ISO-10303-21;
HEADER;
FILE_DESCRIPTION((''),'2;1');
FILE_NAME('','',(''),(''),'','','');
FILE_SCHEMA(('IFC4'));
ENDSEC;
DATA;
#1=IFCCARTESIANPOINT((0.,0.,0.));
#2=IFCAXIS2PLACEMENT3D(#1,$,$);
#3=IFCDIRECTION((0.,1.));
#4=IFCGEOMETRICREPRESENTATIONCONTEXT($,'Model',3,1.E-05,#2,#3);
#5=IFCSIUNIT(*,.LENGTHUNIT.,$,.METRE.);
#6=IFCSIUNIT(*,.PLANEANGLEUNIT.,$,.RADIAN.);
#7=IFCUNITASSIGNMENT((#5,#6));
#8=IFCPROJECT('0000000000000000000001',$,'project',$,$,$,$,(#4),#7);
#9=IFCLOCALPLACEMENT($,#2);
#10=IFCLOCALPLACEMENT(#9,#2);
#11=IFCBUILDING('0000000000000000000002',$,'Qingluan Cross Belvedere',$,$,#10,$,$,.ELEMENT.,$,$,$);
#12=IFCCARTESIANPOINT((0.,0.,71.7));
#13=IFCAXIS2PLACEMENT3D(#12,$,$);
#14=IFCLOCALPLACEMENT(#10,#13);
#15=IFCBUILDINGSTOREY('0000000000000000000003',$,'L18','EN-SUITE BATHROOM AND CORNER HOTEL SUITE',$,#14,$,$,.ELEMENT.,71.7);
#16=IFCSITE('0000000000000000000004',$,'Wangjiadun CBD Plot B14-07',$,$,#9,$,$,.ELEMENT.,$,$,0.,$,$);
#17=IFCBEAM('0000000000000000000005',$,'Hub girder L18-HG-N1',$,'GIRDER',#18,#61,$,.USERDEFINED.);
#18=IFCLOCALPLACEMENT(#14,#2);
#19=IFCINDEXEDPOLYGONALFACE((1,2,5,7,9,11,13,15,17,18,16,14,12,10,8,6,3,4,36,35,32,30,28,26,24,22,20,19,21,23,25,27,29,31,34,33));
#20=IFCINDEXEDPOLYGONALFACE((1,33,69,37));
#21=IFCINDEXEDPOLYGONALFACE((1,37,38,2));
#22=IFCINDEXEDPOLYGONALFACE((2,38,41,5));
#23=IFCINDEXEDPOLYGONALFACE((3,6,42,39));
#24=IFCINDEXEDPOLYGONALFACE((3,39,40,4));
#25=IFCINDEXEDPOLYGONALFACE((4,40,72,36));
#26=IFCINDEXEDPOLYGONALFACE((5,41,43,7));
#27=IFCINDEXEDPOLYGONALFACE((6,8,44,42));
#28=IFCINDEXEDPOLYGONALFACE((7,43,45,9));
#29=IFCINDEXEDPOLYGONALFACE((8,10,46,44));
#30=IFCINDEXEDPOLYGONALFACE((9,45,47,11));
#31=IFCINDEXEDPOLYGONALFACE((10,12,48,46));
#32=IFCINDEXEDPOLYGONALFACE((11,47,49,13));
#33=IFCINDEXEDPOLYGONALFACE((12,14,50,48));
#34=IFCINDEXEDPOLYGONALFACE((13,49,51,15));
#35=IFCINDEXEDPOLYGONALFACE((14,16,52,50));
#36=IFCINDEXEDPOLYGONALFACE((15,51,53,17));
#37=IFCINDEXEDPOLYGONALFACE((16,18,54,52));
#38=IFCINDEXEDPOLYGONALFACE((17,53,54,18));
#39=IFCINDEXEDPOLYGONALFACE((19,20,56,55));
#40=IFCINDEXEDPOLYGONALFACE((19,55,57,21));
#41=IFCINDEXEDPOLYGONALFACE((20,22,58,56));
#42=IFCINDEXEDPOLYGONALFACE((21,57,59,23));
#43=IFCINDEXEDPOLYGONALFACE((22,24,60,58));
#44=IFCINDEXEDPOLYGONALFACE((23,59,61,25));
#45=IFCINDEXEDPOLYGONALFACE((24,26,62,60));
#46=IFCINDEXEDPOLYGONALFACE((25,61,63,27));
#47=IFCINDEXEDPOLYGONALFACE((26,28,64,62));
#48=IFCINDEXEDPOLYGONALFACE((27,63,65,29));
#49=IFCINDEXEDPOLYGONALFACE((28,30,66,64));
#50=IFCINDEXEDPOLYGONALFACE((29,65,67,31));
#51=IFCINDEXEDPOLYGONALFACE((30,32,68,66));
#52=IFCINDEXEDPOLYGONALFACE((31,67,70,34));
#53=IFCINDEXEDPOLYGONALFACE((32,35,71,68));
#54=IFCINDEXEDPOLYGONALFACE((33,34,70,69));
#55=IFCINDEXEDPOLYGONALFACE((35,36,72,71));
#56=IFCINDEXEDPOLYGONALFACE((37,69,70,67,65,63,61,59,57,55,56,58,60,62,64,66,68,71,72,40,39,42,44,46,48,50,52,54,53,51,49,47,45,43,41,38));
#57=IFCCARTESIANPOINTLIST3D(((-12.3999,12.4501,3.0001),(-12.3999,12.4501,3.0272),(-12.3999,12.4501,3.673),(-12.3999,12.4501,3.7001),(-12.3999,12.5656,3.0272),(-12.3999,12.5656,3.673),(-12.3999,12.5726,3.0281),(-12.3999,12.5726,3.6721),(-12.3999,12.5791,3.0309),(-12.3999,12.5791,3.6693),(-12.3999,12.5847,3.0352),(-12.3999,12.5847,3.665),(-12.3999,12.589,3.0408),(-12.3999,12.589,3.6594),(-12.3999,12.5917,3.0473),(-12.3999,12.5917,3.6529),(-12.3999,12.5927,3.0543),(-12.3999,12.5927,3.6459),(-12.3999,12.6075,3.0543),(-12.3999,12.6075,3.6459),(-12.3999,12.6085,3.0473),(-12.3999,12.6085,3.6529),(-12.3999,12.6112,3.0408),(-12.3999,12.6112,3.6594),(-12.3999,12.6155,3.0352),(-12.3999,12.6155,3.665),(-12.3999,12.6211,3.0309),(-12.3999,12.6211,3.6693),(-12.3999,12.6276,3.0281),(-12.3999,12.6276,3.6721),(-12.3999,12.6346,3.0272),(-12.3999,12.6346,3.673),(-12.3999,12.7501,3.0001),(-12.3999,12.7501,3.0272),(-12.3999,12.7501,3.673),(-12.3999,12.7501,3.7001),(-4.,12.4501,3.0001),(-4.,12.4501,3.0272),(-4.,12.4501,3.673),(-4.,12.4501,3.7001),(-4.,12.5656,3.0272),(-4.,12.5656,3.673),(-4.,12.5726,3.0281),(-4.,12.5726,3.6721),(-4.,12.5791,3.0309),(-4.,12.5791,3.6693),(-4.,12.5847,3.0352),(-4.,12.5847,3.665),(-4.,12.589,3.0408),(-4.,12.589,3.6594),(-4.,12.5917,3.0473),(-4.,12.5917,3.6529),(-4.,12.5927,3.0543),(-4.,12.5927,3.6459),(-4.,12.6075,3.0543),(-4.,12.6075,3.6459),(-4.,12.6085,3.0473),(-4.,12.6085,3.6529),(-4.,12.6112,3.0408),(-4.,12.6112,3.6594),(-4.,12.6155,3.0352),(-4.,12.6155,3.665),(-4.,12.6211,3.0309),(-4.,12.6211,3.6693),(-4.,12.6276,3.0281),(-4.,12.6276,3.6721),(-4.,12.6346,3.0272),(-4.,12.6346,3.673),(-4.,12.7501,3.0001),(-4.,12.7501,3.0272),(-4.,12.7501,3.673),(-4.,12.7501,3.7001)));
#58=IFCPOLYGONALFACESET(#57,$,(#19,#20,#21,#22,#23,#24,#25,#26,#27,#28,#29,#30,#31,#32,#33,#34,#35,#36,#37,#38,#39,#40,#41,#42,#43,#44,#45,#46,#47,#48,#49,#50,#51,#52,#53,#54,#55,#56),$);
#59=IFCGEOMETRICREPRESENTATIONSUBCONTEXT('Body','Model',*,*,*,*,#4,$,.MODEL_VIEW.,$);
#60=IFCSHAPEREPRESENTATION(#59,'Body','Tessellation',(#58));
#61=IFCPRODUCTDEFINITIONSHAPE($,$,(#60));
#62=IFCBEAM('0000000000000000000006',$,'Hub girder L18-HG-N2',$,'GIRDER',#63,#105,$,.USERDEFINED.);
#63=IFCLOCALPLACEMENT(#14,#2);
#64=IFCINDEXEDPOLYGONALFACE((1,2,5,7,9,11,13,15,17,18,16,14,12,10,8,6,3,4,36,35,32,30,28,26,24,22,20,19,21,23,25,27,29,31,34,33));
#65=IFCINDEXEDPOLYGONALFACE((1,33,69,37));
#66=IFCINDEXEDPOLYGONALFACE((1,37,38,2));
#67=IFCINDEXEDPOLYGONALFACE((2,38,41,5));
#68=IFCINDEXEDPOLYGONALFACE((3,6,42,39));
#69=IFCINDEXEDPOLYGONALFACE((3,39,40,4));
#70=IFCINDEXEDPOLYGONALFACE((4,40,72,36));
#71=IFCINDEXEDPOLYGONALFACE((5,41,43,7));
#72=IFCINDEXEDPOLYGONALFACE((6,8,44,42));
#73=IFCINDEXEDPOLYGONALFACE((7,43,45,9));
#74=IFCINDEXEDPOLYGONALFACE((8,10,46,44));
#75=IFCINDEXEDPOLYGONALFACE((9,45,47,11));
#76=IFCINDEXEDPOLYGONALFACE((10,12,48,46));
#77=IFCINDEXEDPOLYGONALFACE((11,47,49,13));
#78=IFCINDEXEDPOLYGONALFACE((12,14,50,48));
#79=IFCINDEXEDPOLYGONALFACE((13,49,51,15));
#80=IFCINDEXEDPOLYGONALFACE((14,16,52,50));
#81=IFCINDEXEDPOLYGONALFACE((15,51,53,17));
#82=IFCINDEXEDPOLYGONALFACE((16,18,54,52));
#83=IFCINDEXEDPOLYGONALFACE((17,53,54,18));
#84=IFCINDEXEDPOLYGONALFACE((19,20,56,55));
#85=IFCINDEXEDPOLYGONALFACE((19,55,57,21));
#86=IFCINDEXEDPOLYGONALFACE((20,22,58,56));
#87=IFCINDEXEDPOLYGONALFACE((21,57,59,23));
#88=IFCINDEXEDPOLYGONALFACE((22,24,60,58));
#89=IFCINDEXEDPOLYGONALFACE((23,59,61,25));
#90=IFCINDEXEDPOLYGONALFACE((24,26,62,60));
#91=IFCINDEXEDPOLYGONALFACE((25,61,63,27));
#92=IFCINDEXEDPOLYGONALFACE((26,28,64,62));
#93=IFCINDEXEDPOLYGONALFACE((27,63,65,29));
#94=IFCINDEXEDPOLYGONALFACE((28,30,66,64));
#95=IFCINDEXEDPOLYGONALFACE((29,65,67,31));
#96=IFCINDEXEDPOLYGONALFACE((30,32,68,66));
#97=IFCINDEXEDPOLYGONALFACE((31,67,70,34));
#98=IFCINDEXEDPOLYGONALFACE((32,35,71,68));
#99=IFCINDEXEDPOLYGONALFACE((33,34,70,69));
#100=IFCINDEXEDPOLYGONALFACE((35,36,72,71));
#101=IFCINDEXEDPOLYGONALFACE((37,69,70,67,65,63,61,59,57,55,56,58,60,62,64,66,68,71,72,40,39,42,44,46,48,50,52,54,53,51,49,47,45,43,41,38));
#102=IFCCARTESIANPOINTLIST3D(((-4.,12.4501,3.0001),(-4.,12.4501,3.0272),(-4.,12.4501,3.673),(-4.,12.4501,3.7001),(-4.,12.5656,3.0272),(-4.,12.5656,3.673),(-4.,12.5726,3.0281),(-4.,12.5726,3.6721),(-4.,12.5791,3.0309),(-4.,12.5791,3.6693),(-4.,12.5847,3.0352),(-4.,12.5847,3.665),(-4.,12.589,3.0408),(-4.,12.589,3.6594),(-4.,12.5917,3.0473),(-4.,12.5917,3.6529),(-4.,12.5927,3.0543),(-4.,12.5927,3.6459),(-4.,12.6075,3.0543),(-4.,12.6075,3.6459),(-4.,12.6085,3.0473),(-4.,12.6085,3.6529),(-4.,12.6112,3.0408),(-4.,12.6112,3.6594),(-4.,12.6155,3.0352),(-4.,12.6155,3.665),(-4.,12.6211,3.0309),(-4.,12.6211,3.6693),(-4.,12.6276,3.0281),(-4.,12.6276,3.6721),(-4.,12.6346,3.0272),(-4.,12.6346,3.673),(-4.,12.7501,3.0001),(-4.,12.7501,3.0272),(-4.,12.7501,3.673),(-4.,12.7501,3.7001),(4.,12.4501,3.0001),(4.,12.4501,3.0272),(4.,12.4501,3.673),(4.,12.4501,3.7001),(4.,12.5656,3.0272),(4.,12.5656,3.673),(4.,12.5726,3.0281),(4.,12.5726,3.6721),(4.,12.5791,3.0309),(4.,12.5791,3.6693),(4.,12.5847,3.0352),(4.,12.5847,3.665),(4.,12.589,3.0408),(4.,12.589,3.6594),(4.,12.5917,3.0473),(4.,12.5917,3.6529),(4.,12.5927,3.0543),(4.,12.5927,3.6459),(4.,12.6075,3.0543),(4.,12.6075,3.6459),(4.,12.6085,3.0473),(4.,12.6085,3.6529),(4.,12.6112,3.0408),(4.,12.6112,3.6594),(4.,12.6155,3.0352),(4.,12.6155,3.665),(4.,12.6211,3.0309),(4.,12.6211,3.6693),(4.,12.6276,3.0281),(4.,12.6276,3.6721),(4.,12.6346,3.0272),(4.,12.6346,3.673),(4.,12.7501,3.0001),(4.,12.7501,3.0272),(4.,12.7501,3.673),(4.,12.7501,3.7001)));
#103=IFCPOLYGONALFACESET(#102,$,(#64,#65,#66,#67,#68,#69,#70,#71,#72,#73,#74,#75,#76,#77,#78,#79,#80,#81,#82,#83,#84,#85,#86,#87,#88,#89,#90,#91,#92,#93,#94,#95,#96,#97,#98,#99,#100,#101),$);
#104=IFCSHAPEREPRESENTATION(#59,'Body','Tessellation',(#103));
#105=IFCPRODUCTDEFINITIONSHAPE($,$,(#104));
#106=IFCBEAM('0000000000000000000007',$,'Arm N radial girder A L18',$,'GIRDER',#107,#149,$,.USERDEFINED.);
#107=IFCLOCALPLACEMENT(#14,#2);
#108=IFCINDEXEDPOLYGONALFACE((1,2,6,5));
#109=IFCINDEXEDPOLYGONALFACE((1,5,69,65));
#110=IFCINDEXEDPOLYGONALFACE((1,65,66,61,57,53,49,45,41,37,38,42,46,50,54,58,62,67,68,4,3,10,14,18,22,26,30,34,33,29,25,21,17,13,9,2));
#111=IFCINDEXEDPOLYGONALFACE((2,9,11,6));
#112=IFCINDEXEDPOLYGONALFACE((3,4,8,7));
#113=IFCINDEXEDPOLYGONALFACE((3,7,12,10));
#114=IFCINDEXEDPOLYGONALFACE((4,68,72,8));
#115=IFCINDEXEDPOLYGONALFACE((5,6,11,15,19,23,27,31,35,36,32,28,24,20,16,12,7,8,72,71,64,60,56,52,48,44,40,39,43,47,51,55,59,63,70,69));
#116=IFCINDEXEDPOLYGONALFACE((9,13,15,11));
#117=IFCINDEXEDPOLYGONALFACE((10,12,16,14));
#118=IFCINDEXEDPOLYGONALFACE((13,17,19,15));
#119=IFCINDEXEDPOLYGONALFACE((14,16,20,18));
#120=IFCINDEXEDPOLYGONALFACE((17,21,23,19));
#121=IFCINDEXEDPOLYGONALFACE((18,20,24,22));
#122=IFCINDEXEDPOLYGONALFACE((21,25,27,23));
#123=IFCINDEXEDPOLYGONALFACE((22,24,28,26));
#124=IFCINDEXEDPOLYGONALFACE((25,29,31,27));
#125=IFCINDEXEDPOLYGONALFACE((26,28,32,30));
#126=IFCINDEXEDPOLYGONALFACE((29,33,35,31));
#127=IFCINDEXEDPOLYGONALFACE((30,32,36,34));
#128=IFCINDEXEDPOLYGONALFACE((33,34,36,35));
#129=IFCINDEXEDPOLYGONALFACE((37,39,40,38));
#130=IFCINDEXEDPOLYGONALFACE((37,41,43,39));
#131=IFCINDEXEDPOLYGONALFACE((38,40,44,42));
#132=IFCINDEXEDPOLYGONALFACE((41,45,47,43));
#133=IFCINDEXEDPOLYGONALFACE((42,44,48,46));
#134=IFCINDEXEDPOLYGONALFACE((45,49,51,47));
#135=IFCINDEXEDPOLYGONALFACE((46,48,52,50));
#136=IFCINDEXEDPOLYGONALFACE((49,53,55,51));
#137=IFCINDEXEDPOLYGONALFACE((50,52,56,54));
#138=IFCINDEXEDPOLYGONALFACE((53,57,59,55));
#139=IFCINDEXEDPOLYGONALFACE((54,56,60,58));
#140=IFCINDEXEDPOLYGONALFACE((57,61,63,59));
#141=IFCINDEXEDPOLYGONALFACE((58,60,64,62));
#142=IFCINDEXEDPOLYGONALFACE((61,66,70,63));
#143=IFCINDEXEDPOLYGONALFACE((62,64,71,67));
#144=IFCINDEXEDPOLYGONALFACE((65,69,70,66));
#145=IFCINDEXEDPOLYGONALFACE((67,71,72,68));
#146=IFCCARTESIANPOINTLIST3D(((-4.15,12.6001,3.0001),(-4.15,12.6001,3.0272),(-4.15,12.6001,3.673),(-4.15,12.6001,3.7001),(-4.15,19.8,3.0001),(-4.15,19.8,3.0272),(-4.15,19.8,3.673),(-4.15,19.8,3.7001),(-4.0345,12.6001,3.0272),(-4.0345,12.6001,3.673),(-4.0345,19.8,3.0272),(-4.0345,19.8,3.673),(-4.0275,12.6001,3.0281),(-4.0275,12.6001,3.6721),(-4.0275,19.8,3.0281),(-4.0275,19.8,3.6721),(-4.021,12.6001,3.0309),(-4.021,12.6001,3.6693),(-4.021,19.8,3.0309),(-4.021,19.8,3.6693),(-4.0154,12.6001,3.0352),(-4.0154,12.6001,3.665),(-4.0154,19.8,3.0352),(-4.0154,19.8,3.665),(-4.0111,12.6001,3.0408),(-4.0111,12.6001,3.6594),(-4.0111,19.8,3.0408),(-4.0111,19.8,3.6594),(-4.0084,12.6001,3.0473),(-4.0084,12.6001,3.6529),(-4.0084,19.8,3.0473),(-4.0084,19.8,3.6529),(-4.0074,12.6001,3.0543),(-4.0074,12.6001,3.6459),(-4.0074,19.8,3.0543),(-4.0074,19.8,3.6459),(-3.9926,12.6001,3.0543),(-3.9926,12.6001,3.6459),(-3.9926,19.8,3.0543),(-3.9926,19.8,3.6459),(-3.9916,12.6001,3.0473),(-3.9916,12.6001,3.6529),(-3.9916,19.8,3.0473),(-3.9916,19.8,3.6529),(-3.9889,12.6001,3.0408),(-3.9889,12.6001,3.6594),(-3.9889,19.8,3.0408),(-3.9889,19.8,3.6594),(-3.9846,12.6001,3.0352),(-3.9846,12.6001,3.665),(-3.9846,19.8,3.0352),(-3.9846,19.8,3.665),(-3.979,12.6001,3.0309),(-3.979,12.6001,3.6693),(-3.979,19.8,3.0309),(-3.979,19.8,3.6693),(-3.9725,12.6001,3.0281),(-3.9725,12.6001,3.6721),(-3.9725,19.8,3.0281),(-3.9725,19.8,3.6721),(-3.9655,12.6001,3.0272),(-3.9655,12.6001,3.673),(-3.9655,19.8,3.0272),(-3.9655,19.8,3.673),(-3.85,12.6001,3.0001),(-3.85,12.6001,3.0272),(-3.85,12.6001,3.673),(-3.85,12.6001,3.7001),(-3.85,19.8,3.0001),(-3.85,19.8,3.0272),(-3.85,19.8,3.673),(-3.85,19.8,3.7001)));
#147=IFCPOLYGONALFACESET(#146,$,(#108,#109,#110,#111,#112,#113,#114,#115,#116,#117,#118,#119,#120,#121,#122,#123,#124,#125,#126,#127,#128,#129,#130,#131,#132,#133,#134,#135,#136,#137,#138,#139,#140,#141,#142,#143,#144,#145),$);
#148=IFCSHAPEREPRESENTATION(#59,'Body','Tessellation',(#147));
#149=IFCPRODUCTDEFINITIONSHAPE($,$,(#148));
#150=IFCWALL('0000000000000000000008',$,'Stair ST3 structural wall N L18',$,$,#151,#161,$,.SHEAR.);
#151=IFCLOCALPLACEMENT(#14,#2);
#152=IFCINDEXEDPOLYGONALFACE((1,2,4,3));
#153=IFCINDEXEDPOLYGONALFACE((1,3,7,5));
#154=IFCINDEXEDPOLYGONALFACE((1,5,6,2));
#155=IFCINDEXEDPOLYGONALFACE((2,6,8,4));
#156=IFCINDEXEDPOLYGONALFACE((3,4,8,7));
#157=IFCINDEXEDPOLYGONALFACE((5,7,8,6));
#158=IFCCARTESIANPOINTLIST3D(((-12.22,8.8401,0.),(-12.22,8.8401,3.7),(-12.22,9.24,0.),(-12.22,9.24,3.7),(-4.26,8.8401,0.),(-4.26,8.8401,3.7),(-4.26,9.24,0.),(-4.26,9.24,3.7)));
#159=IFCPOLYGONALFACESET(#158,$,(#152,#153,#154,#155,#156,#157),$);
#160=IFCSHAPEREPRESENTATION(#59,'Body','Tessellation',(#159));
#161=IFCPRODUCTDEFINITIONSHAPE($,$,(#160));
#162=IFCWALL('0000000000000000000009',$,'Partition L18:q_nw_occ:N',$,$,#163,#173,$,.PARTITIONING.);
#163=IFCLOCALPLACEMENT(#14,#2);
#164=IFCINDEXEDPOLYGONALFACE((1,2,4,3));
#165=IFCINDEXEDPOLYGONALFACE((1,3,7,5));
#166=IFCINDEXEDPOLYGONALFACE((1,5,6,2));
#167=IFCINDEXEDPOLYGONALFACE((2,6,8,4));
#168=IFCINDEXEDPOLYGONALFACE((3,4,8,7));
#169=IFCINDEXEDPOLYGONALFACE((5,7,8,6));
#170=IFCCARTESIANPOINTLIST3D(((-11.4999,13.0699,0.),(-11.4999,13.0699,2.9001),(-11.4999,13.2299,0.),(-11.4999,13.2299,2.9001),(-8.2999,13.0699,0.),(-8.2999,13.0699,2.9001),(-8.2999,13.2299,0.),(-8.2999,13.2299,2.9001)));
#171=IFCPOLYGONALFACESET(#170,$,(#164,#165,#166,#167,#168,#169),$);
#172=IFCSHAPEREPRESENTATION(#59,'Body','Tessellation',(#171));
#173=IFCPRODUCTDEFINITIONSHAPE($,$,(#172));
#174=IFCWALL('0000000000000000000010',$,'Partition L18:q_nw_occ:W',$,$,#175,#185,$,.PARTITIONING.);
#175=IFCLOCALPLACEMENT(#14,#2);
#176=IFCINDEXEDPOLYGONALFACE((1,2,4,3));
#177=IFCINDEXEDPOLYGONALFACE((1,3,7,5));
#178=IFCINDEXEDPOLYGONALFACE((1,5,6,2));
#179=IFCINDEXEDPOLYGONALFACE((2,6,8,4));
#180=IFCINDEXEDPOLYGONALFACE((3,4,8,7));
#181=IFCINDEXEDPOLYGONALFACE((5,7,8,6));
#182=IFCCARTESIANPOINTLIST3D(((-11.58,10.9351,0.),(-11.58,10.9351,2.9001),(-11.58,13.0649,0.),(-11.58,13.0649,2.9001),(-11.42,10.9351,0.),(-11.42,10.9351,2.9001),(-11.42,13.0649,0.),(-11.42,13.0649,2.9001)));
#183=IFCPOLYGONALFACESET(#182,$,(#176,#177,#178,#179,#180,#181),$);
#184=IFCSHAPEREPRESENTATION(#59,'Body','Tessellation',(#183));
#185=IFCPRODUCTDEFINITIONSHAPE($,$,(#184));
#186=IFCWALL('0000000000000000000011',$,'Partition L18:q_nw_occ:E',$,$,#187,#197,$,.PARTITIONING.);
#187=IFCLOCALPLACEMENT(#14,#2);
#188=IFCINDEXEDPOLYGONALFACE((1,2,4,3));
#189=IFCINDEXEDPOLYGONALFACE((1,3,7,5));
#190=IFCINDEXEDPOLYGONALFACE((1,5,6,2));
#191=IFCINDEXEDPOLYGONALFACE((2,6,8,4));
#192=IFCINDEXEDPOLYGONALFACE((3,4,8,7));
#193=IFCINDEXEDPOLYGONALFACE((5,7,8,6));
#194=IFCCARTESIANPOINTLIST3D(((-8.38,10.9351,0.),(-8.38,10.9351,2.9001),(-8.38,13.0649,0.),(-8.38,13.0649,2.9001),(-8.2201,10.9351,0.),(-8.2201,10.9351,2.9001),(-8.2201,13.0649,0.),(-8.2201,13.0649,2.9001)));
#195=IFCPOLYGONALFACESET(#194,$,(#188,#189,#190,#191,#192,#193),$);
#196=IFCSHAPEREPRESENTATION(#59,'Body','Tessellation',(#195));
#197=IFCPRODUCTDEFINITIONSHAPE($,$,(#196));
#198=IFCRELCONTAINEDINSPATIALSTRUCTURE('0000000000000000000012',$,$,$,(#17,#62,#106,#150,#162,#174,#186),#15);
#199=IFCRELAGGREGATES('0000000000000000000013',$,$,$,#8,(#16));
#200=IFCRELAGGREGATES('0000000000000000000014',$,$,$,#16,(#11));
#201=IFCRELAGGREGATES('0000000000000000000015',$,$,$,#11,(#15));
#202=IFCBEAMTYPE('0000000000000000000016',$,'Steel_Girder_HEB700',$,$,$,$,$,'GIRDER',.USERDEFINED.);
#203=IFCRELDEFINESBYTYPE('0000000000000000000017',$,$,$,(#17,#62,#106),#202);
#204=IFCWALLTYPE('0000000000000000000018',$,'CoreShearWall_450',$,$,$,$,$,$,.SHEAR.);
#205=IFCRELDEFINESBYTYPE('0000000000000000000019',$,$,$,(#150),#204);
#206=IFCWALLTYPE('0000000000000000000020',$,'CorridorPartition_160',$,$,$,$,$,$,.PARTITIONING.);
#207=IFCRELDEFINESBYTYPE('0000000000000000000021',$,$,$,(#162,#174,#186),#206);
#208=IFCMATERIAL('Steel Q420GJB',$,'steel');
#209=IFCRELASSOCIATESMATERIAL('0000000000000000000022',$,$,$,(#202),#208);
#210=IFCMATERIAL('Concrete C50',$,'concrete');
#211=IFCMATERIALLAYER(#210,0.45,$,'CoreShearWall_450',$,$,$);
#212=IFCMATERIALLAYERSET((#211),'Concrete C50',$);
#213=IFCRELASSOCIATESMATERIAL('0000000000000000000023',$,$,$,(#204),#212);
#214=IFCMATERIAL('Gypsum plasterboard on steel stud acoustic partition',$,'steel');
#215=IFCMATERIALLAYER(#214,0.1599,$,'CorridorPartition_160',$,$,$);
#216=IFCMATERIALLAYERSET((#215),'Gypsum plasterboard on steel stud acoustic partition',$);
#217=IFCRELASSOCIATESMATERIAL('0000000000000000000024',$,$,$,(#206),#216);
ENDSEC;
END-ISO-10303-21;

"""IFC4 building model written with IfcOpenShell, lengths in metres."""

from ifc_helpers import new_model, si_unit, direction, frame, frame_2d, origin, origin_2d, place, context, subcontext, project, spatial, rectangle, i_section, extrude, material, layer, layer_set, material_profile, profile_set, type_object, element, save


model = new_model("IFC4")

# Units and contexts
model_context = context("Model", 3, precision=1e-05, world=origin(), true_north=direction((0.0, 1.0)))
body_context = subcontext(model_context, "Body", "Model", "MODEL_VIEW")
ifc_project = project(units=[si_unit("LENGTHUNIT", "METRE"), si_unit("PLANEANGLEUNIT", "RADIAN")], contexts=[model_context])

# Site, building, storey
site_placement = place(None, origin())
site = spatial("IfcSite", under=ifc_project, at=site_placement, Name="Wangjiadun CBD Plot B14-07", CompositionType="ELEMENT", RefElevation=0.0)
building_placement = place(site_placement, origin())
building = spatial("IfcBuilding", under=site, at=building_placement, Name="Qingluan Cross Belvedere", CompositionType="ELEMENT")
storey_placement = place(building_placement, frame((0.0, 0.0, 71.7)))
storey = spatial("IfcBuildingStorey", under=building, at=storey_placement, Name="L18", Description="EN-SUITE BATHROOM AND CORNER HOTEL SUITE", CompositionType="ELEMENT", Elevation=71.7)

# Beams
ifc_material_1 = material(Name="Steel Q420GJB", Category="steel")
ifc_material_profile_1 = material_profile(ifc_material_1, i_section(OverallWidth=0.3, OverallDepth=0.7, WebThickness=0.0149, FlangeThickness=0.0271, FilletRadius=0.0271, at=origin_2d()), Name="HEB700")
ifc_profile_set_1 = profile_set([ifc_material_profile_1], Name="Steel Q420GJB")
beam_type_1 = type_object("IfcBeamType", Name="Steel_Girder_HEB700", ElementType="GIRDER", PredefinedType="USERDEFINED", material=ifc_profile_set_1)
beam_1_placement = place(storey_placement, frame((-12.3999, 12.6001, 3.3501), z_axis=(1.0, 0.0, 0.0), x_axis=(0.0, 1.0, 0.0)))
element("IfcBeam", 1, at=beam_1_placement, inside=storey, type_object=beam_type_1, Name="Hub girder L18-HG-N1", ObjectType="GIRDER", PredefinedType="USERDEFINED", context=body_context, shape_type="SweptSolid", body=[
    extrude(i_section(OverallWidth=0.3, OverallDepth=0.7, WebThickness=0.0149, FlangeThickness=0.0271, FilletRadius=0.0271, at=origin_2d()), origin(), (0.0, 0.0, 1.0), 8.3999),
])
beam_2_placement = place(storey_placement, frame((-4.0, 12.6001, 3.3501), z_axis=(1.0, 0.0, 0.0), x_axis=(0.0, 1.0, 0.0)))
element("IfcBeam", 2, at=beam_2_placement, inside=storey, type_object=beam_type_1, Name="Hub girder L18-HG-N2", ObjectType="GIRDER", PredefinedType="USERDEFINED", context=body_context, shape_type="SweptSolid", body=[
    extrude(i_section(OverallWidth=0.3, OverallDepth=0.7, WebThickness=0.0149, FlangeThickness=0.0271, FilletRadius=0.0271, at=origin_2d()), origin(), (0.0, 0.0, 1.0), 8.0),
])
beam_3_placement = place(storey_placement, frame((-4.0, 12.6001, 3.3501), z_axis=(0.0, 1.0, 0.0), x_axis=(-1.0, 0.0, 0.0)))
element("IfcBeam", 3, at=beam_3_placement, inside=storey, type_object=beam_type_1, Name="Arm N radial girder A L18", ObjectType="GIRDER", PredefinedType="USERDEFINED", context=body_context, shape_type="SweptSolid", body=[
    extrude(i_section(OverallWidth=0.3, OverallDepth=0.7, WebThickness=0.0149, FlangeThickness=0.0271, FilletRadius=0.0271, at=origin_2d()), origin(), (0.0, 0.0, 1.0), 7.2),
])

# Wall
ifc_material_2 = material(Name="Concrete C50", Category="concrete")
ifc_layer_1 = layer(ifc_material_2, 0.45, Name="CoreShearWall_450")
ifc_layer_set_1 = layer_set([ifc_layer_1], Name="Concrete C50")
wall_type_1 = type_object("IfcWallType", Name="CoreShearWall_450", PredefinedType="SHEAR", material=ifc_layer_set_1)
wall_1_placement = place(storey_placement, frame((-12.22, 9.04, 0.0), z_axis=(0.0, 0.0, 1.0), x_axis=(1.0, 0.0, 0.0)))
element("IfcWall", 4, at=wall_1_placement, inside=storey, type_object=wall_type_1, Name="Stair ST3 structural wall N L18", PredefinedType="SHEAR", context=body_context, shape_type="SweptSolid", body=[
    extrude(rectangle(XDim=7.96, YDim=0.3999, at=frame_2d((3.98, 0.0))), origin(), (0.0, 0.0, 1.0), 3.7),
])

# Shared definitions
ifc_material_3 = material(Name="Gypsum plasterboard on steel stud acoustic partition", Category="steel")
ifc_layer_2 = layer(ifc_material_3, 0.1599, Name="CorridorPartition_160")
ifc_layer_set_2 = layer_set([ifc_layer_2], Name="Gypsum plasterboard on steel stud acoustic partition")
wall_type_2 = type_object("IfcWallType", Name="CorridorPartition_160", PredefinedType="PARTITIONING", material=ifc_layer_set_2)

# Walls
wall_2_placement = place(storey_placement, frame((-11.5, 13.1499, 0.0), z_axis=(0.0, 0.0, 1.0), x_axis=(1.0, 0.0, 0.0)))
element("IfcWall", 5, at=wall_2_placement, inside=storey, type_object=wall_type_2, Name="Partition L18:q_nw_occ:N", PredefinedType="PARTITIONING", context=body_context, shape_type="SweptSolid", body=[
    extrude(rectangle(XDim=3.2, YDim=0.1599, at=frame_2d((1.6001, 0.0))), origin(), (0.0, 0.0, 1.0), 2.9001),
])
for number, where, z_axis, x_axis, name in (
    (6, (-11.5, 10.9351, 0.0), (0.0, 0.0, 1.0), (0.0, 1.0, 0.0), "Partition L18:q_nw_occ:W"),
    (7, (-8.3, 10.9351, 0.0), (0.0, 0.0, 1.0), (0.0, 1.0, 0.0), "Partition L18:q_nw_occ:E"),
):
    element("IfcWall", number, at=place(storey_placement, frame(where, z_axis=z_axis, x_axis=x_axis)), inside=storey, type_object=wall_type_2, Name=name, PredefinedType="PARTITIONING", context=body_context, shape_type="SweptSolid", body=[
        extrude(rectangle(XDim=2.1299, YDim=0.1599, at=frame_2d((1.0649, 0.0))), origin(), (0.0, 0.0, 1.0), 2.9001),
    ])

save(model, "model.ifc")
